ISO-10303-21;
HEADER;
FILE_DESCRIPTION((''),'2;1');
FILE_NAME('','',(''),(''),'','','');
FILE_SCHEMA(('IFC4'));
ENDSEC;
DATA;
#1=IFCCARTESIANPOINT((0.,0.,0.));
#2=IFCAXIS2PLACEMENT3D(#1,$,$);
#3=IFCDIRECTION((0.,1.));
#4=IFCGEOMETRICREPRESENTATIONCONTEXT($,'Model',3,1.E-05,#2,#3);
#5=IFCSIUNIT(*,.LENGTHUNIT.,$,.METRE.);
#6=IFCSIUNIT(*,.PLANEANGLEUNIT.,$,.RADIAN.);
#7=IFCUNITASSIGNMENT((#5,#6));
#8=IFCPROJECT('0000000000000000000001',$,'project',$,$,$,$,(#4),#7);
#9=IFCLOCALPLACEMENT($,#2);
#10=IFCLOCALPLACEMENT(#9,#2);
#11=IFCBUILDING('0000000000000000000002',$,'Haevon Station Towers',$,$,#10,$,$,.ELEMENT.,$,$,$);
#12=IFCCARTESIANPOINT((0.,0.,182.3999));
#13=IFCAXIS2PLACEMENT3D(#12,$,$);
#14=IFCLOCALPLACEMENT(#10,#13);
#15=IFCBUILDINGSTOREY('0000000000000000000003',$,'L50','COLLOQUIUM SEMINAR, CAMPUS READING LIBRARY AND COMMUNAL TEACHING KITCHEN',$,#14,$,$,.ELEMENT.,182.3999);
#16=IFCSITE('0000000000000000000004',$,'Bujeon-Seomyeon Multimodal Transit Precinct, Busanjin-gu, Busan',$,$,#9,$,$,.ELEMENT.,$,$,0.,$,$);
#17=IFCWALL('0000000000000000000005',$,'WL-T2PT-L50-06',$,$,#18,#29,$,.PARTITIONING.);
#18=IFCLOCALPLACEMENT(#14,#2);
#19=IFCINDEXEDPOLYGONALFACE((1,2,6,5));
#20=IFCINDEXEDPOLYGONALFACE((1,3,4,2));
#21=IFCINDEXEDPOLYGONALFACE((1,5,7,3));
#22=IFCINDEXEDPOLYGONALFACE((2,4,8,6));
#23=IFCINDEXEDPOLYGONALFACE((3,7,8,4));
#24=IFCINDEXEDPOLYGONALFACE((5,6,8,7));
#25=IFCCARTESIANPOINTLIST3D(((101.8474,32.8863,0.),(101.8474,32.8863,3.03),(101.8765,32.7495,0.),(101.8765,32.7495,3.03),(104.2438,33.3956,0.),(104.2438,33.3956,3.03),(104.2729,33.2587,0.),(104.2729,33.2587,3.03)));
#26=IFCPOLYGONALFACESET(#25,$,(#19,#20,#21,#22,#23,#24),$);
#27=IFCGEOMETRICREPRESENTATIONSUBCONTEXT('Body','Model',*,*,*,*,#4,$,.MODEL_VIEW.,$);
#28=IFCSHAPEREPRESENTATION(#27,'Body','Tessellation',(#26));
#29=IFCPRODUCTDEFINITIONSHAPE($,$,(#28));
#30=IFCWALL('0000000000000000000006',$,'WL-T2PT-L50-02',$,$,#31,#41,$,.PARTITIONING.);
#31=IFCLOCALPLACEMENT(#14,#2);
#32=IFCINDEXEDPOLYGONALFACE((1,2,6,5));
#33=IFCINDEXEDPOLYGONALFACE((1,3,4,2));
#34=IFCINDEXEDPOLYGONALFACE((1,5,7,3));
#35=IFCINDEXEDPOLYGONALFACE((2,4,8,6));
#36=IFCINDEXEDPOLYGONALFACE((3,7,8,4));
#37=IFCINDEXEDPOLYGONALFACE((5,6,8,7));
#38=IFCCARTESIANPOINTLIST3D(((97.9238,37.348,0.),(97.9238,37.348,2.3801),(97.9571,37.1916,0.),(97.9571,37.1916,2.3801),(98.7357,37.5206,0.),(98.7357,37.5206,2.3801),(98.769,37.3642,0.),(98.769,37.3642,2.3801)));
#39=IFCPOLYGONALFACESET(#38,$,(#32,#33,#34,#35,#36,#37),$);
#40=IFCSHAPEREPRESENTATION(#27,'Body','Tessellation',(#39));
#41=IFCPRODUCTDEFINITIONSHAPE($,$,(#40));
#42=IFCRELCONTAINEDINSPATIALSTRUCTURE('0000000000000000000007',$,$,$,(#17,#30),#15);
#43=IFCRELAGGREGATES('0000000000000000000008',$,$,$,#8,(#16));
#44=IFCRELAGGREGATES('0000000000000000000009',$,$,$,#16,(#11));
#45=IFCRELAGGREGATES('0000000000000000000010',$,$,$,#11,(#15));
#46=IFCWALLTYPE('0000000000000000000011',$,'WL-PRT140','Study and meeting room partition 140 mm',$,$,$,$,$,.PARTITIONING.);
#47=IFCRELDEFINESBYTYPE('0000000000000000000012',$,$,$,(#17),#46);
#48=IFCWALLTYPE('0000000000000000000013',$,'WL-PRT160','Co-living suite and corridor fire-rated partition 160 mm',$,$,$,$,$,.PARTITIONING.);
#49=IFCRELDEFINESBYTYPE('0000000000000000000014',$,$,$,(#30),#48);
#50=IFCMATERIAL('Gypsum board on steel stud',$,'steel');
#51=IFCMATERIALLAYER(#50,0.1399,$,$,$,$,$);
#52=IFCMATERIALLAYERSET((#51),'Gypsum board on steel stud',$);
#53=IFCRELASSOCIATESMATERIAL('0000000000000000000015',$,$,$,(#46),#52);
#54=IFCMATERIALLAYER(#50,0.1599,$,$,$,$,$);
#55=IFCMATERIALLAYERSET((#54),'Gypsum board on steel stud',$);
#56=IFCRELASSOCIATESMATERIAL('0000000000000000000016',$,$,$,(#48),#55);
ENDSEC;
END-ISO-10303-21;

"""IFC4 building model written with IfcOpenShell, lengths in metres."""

from ifc_helpers import new_model, si_unit, direction, frame, frame_2d, origin, place, context, subcontext, project, spatial, rectangle, extrude, material, layer, layer_set, type_object, element, save


model = new_model("IFC4")

# Units and contexts
model_context = context("Model", 3, precision=1e-05, world=origin(), true_north=direction((0.0, 1.0)))
body_context = subcontext(model_context, "Body", "Model", "MODEL_VIEW")
ifc_project = project(units=[si_unit("LENGTHUNIT", "METRE"), si_unit("PLANEANGLEUNIT", "RADIAN")], contexts=[model_context])

# Site, building, storey
site_placement = place(None, origin())
site = spatial("IfcSite", under=ifc_project, at=site_placement, Name="Bujeon-Seomyeon Multimodal Transit Precinct, Busanjin-gu, Busan", CompositionType="ELEMENT", RefElevation=0.0)
building_placement = place(site_placement, origin())
building = spatial("IfcBuilding", under=site, at=building_placement, Name="Haevon Station Towers", CompositionType="ELEMENT")
storey_placement = place(building_placement, frame((0.0, 0.0, 182.3999)))
storey = spatial("IfcBuildingStorey", under=building, at=storey_placement, Name="L50", Description="COLLOQUIUM SEMINAR, CAMPUS READING LIBRARY AND COMMUNAL TEACHING KITCHEN", CompositionType="ELEMENT", Elevation=182.3999)

# Walls
ifc_material_1 = material(Name="Gypsum board on steel stud", Category="steel")
ifc_layer_1 = layer(ifc_material_1, 0.1399)
ifc_layer_set_1 = layer_set([ifc_layer_1], Name="Gypsum board on steel stud")
wall_type_1 = type_object("IfcWallType", Name="WL-PRT140", Description="Study and meeting room partition 140 mm", PredefinedType="PARTITIONING", material=ifc_layer_set_1)
wall_1_placement = place(storey_placement, frame((101.8618, 32.8179, 0.0), z_axis=(0.0, 0.0, 1.0), x_axis=(0.978157, 0.207868, 0.0)))
element("IfcWall", 1, at=wall_1_placement, inside=storey, type_object=wall_type_1, Name="WL-T2PT-L50-06", PredefinedType="PARTITIONING", context=body_context, shape_type="SweptSolid", body=[
    extrude(rectangle(XDim=2.45, YDim=0.1399, at=frame_2d((1.2251, 0.0))), origin(), (0.0, 0.0, 1.0), 3.03),
])
ifc_layer_2 = layer(ifc_material_1, 0.1599)
ifc_layer_set_2 = layer_set([ifc_layer_2], Name="Gypsum board on steel stud")
wall_type_2 = type_object("IfcWallType", Name="WL-PRT160", Description="Co-living suite and corridor fire-rated partition 160 mm", PredefinedType="PARTITIONING", material=ifc_layer_set_2)
wall_2_placement = place(storey_placement, frame((97.9404, 37.2698, 0.0), z_axis=(0.0, 0.0, 1.0), x_axis=(0.978145, 0.207922, 0.0)))
element("IfcWall", 2, at=wall_2_placement, inside=storey, type_object=wall_type_2, Name="WL-T2PT-L50-02", PredefinedType="PARTITIONING", context=body_context, shape_type="SweptSolid", body=[
    extrude(rectangle(XDim=0.8301, YDim=0.1599, at=frame_2d((0.415, 0.0))), origin(), (0.0, 0.0, 1.0), 2.3801),
])

save(model, "model.ifc")
